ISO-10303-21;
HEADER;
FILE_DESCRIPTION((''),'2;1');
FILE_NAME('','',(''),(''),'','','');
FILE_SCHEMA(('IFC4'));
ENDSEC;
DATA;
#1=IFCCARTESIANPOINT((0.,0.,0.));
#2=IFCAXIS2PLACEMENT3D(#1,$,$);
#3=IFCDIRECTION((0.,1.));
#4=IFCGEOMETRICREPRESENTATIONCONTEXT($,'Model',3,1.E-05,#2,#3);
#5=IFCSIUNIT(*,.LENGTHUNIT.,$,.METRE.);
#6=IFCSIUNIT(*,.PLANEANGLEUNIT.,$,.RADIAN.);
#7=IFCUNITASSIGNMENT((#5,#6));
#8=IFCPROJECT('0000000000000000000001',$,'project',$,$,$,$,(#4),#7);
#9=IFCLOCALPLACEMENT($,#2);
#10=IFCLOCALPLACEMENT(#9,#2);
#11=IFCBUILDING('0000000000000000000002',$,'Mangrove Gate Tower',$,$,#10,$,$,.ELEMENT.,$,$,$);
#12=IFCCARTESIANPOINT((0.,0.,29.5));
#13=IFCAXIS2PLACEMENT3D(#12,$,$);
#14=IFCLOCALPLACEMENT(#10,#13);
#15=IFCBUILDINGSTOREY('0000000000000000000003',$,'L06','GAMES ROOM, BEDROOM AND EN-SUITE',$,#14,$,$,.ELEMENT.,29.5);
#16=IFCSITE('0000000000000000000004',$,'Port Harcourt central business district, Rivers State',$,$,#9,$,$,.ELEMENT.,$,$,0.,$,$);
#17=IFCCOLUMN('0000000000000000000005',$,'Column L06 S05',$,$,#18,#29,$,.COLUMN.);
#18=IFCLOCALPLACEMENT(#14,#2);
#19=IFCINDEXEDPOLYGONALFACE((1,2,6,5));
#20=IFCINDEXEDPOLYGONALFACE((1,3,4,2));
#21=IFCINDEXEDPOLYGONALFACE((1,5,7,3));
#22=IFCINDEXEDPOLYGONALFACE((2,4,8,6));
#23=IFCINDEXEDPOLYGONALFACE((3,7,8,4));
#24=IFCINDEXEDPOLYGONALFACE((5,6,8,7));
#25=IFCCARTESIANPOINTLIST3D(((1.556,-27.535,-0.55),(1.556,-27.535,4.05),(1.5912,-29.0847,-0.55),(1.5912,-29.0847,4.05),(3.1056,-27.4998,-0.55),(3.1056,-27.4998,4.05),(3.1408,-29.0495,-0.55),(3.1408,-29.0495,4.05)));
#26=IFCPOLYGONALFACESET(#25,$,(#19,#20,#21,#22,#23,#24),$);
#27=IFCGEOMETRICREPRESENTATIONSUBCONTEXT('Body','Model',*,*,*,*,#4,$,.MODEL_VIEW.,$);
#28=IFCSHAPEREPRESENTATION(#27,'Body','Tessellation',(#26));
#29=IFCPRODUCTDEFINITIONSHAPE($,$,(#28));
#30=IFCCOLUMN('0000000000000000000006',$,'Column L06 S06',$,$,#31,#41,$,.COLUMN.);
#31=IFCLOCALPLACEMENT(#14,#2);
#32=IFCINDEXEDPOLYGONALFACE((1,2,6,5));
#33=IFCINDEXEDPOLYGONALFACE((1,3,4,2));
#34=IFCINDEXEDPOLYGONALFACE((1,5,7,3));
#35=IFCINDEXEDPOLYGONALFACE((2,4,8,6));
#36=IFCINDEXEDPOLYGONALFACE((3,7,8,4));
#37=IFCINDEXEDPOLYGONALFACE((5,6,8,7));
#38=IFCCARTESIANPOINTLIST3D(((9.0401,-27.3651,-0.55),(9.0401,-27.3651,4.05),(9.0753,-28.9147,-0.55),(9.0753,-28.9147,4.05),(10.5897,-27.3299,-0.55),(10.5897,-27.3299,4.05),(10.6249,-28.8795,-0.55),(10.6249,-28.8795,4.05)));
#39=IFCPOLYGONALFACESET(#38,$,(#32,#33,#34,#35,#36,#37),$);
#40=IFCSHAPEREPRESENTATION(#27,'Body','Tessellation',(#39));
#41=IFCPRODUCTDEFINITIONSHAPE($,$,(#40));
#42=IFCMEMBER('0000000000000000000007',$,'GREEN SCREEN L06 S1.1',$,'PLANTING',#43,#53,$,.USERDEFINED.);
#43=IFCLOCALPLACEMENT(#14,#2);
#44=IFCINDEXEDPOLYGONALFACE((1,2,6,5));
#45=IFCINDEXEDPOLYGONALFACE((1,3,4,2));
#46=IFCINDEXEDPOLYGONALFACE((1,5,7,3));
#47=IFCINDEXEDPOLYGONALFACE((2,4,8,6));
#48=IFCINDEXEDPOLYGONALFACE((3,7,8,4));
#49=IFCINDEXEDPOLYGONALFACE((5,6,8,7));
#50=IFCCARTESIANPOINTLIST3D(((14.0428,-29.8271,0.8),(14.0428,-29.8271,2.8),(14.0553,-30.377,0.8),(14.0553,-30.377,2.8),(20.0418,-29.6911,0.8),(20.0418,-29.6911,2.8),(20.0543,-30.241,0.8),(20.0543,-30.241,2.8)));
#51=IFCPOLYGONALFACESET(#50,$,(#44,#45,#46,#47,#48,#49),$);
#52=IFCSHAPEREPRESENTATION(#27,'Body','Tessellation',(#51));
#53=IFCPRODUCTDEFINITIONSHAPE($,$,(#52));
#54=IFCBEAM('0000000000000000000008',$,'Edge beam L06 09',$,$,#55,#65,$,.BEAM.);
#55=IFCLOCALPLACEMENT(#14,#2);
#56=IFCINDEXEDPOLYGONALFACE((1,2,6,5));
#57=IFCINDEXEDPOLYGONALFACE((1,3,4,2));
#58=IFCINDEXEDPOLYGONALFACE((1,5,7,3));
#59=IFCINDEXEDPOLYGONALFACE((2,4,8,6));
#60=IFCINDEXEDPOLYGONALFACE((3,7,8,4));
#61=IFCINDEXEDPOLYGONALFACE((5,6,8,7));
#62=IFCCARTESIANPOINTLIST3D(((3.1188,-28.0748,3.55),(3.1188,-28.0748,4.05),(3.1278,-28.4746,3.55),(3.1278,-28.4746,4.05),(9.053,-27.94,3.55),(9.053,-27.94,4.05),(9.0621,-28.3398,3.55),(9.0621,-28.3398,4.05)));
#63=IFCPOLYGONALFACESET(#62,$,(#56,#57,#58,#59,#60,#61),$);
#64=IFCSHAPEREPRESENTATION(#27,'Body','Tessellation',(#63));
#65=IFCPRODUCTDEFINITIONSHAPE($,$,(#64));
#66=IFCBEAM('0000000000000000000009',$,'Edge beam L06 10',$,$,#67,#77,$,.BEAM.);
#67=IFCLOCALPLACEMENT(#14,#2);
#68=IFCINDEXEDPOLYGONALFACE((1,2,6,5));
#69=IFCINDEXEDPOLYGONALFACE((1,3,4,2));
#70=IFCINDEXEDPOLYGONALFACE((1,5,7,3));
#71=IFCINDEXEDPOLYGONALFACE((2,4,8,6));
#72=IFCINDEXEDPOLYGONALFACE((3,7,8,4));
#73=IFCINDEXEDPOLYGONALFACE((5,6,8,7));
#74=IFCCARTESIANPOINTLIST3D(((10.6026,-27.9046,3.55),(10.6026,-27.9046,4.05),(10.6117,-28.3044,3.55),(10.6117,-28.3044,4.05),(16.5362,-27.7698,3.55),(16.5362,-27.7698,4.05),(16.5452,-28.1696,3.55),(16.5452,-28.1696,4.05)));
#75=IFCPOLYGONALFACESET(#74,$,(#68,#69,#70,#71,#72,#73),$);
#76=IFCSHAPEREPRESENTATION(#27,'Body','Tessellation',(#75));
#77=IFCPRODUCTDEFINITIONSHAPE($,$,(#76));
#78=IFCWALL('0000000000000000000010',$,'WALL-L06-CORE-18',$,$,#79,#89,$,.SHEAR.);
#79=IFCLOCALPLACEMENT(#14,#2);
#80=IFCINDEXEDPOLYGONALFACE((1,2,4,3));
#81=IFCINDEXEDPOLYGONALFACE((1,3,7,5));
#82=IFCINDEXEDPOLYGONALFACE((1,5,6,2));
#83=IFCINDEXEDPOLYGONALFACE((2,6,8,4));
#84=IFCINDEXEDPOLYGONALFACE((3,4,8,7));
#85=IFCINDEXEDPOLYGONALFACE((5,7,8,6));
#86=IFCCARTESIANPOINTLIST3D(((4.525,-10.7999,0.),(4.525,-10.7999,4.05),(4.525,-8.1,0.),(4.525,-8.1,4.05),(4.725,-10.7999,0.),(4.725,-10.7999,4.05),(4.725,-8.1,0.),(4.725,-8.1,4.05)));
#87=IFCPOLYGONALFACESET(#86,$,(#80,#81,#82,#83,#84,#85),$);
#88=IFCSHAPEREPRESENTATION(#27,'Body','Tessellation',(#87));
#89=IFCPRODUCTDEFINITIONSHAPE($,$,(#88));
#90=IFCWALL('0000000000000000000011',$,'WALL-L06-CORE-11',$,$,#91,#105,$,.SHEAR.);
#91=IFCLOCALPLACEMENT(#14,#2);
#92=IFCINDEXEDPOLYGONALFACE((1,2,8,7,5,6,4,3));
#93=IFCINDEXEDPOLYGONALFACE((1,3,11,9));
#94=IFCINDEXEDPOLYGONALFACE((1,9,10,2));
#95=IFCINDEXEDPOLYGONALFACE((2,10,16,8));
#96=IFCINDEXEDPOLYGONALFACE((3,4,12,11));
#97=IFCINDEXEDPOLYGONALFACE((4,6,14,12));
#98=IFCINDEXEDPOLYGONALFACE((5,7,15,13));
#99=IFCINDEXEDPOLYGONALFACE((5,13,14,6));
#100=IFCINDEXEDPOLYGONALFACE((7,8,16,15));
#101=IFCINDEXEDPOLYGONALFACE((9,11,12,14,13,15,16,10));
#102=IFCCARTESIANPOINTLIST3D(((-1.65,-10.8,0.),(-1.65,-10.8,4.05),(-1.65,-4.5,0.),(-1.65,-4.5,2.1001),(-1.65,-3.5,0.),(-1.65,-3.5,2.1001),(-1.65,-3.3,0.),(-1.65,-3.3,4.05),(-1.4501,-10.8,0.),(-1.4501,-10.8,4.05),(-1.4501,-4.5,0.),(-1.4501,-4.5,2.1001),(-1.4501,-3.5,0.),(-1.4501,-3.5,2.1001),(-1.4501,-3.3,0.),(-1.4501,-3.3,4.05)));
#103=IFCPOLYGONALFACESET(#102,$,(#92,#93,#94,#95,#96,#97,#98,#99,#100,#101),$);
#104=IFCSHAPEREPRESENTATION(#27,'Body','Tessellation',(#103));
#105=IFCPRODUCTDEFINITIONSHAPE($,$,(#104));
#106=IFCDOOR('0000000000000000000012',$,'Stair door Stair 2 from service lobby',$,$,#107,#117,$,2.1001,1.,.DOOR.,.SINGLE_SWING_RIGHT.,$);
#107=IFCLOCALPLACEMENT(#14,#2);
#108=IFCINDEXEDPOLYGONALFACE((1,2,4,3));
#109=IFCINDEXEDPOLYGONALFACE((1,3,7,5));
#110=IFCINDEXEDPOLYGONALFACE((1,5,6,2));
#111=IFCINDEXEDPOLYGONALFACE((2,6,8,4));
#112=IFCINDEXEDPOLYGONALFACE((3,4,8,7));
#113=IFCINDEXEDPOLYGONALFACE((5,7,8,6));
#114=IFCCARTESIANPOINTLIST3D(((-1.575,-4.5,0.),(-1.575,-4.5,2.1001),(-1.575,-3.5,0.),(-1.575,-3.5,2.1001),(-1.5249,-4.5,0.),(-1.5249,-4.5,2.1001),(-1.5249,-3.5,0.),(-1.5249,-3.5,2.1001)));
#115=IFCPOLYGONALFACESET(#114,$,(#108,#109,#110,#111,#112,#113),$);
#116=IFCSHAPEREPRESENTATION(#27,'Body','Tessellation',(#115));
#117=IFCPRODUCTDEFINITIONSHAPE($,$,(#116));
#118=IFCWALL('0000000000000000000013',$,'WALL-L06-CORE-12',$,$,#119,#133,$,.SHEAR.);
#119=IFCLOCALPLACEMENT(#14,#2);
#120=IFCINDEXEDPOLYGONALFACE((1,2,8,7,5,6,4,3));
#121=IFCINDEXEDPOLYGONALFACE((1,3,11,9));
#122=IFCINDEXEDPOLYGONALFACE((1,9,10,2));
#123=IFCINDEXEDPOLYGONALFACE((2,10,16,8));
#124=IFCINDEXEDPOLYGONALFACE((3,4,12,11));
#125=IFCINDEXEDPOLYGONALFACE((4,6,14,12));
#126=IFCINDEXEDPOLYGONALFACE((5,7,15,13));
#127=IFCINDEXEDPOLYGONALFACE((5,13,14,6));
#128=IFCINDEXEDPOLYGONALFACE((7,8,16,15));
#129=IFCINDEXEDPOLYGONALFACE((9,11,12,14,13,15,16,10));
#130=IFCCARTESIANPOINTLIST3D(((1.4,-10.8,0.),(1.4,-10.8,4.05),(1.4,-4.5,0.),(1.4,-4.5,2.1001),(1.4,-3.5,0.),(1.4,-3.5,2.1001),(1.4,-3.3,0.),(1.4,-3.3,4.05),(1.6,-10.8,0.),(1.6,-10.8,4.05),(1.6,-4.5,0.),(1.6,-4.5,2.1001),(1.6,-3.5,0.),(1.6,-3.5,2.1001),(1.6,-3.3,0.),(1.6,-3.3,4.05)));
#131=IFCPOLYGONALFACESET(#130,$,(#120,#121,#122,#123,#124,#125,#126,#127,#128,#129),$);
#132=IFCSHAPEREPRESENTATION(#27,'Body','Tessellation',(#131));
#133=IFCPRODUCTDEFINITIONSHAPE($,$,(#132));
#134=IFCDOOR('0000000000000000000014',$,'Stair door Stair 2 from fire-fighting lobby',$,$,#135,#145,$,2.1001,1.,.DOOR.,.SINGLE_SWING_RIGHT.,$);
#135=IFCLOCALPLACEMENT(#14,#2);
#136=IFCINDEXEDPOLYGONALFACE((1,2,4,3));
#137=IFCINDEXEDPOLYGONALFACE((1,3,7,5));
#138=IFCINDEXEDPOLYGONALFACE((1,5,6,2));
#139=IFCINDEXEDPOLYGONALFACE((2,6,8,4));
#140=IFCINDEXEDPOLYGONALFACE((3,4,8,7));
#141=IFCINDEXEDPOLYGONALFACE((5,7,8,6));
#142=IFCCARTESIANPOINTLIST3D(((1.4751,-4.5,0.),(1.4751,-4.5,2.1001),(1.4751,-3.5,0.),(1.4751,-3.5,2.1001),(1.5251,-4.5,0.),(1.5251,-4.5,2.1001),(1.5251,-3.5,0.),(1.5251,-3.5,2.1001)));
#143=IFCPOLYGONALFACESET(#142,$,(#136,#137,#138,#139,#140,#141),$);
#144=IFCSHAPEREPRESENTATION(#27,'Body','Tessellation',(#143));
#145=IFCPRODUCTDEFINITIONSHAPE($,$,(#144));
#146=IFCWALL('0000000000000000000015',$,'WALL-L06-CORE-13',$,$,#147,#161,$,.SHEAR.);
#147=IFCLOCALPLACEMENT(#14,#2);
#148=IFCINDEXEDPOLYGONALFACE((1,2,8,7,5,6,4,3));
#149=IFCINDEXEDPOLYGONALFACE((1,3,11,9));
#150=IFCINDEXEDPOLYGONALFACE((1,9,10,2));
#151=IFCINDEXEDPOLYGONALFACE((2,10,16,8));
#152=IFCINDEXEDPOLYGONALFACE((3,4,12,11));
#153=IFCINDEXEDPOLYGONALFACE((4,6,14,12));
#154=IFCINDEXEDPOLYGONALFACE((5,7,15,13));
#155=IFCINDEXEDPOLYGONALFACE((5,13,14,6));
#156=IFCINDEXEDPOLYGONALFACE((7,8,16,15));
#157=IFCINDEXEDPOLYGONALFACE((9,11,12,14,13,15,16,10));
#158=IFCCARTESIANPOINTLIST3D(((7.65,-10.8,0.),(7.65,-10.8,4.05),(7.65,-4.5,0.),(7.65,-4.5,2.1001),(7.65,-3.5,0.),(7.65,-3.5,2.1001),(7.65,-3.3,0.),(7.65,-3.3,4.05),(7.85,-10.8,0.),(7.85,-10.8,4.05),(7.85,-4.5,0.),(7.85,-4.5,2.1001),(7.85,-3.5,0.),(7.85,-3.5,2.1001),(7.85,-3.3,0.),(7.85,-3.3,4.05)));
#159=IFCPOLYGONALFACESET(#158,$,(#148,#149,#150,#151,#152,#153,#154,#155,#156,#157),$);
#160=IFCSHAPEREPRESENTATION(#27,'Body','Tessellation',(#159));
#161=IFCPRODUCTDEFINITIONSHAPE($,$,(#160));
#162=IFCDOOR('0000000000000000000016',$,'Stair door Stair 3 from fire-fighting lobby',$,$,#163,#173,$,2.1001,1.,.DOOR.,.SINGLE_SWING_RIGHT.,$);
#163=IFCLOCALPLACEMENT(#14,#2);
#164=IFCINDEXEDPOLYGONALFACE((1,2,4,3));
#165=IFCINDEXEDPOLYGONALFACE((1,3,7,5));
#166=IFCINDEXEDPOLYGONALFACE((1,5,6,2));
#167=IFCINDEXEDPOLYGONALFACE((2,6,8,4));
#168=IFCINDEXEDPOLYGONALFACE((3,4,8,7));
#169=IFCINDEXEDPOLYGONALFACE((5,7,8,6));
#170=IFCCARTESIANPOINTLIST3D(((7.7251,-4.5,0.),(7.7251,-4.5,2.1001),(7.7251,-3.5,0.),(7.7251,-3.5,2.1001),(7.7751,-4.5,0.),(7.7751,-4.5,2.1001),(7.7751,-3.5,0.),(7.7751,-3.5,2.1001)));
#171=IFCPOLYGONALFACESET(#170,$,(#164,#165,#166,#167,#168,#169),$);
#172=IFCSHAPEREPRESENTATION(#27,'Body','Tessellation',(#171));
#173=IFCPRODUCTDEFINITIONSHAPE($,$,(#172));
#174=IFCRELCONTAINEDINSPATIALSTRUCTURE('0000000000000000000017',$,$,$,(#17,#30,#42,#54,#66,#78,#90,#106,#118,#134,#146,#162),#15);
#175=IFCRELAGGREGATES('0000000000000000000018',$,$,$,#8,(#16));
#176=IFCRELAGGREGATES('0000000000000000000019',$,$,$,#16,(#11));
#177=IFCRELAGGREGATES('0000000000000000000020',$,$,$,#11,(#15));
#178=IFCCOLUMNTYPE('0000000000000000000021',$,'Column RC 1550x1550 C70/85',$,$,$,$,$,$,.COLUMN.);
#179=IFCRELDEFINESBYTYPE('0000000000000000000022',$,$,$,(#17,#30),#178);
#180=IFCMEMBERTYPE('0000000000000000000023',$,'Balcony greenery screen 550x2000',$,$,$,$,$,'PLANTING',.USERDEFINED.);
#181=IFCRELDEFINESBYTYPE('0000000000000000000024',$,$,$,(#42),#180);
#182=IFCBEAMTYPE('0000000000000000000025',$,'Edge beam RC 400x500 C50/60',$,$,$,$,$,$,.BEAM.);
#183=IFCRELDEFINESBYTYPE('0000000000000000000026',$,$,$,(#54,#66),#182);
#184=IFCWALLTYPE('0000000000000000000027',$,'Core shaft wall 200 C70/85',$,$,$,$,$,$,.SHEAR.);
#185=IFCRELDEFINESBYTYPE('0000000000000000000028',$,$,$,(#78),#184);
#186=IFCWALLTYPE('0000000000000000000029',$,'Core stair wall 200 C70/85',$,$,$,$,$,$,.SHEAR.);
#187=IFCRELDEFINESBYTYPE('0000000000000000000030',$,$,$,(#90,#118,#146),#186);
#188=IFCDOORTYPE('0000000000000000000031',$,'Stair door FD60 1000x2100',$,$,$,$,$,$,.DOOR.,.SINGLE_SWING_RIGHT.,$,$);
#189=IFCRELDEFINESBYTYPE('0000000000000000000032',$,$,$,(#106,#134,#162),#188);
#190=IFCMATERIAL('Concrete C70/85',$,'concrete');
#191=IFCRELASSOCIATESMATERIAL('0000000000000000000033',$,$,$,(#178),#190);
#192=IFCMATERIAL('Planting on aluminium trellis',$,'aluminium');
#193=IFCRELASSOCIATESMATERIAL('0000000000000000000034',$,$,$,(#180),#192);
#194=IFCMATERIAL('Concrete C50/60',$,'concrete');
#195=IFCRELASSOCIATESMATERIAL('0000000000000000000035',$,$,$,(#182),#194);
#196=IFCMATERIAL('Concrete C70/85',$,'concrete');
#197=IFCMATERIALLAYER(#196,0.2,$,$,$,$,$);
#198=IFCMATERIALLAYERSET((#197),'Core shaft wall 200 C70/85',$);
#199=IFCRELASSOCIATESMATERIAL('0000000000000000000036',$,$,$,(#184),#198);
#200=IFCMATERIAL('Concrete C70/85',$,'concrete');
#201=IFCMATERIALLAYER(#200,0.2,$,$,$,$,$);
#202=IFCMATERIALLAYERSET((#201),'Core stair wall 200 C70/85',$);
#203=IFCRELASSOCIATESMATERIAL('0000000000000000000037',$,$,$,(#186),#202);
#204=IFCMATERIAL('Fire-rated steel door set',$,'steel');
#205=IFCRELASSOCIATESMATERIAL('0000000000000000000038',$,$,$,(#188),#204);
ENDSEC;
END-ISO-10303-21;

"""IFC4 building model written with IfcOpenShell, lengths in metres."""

from ifc_helpers import new_model, si_unit, direction, frame, frame_2d, origin, origin_2d, place, context, subcontext, project, spatial, rectangle, extrude, material, layer, layer_set, material_profile, profile_set, type_object, element, fill, save


model = new_model("IFC4")

# Units and contexts
model_context = context("Model", 3, precision=1e-05, world=origin(), true_north=direction((0.0, 1.0)))
body_context = subcontext(model_context, "Body", "Model", "MODEL_VIEW")
ifc_project = project(units=[si_unit("LENGTHUNIT", "METRE"), si_unit("PLANEANGLEUNIT", "RADIAN")], contexts=[model_context])

# Site, building, storey
site_placement = place(None, origin())
site = spatial("IfcSite", under=ifc_project, at=site_placement, Name="Port Harcourt central business district, Rivers State", CompositionType="ELEMENT", RefElevation=0.0)
building_placement = place(site_placement, origin())
building = spatial("IfcBuilding", under=site, at=building_placement, Name="Mangrove Gate Tower", CompositionType="ELEMENT")
storey_placement = place(building_placement, frame((0.0, 0.0, 29.5)))
storey = spatial("IfcBuildingStorey", under=building, at=storey_placement, Name="L06", Description="GAMES ROOM, BEDROOM AND EN-SUITE", CompositionType="ELEMENT", Elevation=29.5)

# Columns
ifc_material_1 = material(Name="Concrete C70/85", Category="concrete")
ifc_material_profile_1 = material_profile(ifc_material_1, rectangle(XDim=1.55, YDim=1.55, at=origin_2d()))
ifc_profile_set_1 = profile_set([ifc_material_profile_1], Name="Concrete C70/85")
column_type = type_object("IfcColumnType", Name="Column RC 1550x1550 C70/85", PredefinedType="COLUMN", material=ifc_profile_set_1)
for number, where, z_axis, x_axis, name in (
    (1, (2.3484, -28.2922, -0.55), (0.0, 0.0, 1.0), (0.999742, 0.022709, 0.0), "Column L06 S05"),
    (2, (9.8325, -28.1223, -0.55), (0.0, 0.0, 1.0), (0.999742, 0.022711, 0.0), "Column L06 S06"),
):
    element("IfcColumn", number, at=place(storey_placement, frame(where, z_axis=z_axis, x_axis=x_axis)), inside=storey, type_object=column_type, Name=name, PredefinedType="COLUMN", context=body_context, shape_type="SweptSolid", body=[
        extrude(rectangle(XDim=1.55, YDim=1.55, at=origin_2d()), origin(), (0.0, 0.0, 1.0), 4.6001),
    ])

# Member
ifc_material_2 = material(Name="Planting on aluminium trellis", Category="aluminium")
ifc_material_profile_2 = material_profile(ifc_material_2, rectangle(XDim=0.55, YDim=2.0, at=origin_2d()))
ifc_profile_set_2 = profile_set([ifc_material_profile_2], Name="Planting on aluminium trellis")
member_type = type_object("IfcMemberType", Name="Balcony greenery screen 550x2000", ElementType="PLANTING", PredefinedType="USERDEFINED", material=ifc_profile_set_2)
member_placement = place(storey_placement, frame((14.0491, -30.1021, 1.8), z_axis=(0.999743, 0.022662, 0.0), x_axis=(-0.022662, 0.999743, 0.0)))
element("IfcMember", 3, at=member_placement, inside=storey, type_object=member_type, Name="GREEN SCREEN L06 S1.1", ObjectType="PLANTING", PredefinedType="USERDEFINED", context=body_context, shape_type="SweptSolid", body=[
    extrude(rectangle(XDim=0.55, YDim=2.0, at=origin_2d()), origin(), (0.0, 0.0, 1.0), 6.0005),
])

# Beams
ifc_material_3 = material(Name="Concrete C50/60", Category="concrete")
ifc_material_profile_3 = material_profile(ifc_material_3, rectangle(XDim=0.3999, YDim=0.5, at=origin_2d()))
ifc_profile_set_3 = profile_set([ifc_material_profile_3], Name="Concrete C50/60")
beam_type = type_object("IfcBeamType", Name="Edge beam RC 400x500 C50/60", PredefinedType="BEAM", material=ifc_profile_set_3)
beam_1_placement = place(storey_placement, frame((3.1233, -28.2747, 3.8), z_axis=(0.999742, 0.022704, 0.0), x_axis=(-0.022704, 0.999742, 0.0)))
element("IfcBeam", 4, at=beam_1_placement, inside=storey, type_object=beam_type, Name="Edge beam L06 09", PredefinedType="BEAM", context=body_context, shape_type="SweptSolid", body=[
    extrude(rectangle(XDim=0.3999, YDim=0.5, at=origin_2d()), origin(), (0.0, 0.0, 1.0), 5.9358),
])
beam_2_placement = place(storey_placement, frame((10.6072, -28.1045, 3.8), z_axis=(0.999742, 0.022706, 0.0), x_axis=(-0.022706, 0.999742, 0.0)))
element("IfcBeam", 5, at=beam_2_placement, inside=storey, type_object=beam_type, Name="Edge beam L06 10", PredefinedType="BEAM", context=body_context, shape_type="SweptSolid", body=[
    extrude(rectangle(XDim=0.3999, YDim=0.5, at=origin_2d()), origin(), (0.0, 0.0, 1.0), 5.9351),
])

# Wall
ifc_material_4 = material(Name="Concrete C70/85", Category="concrete")
ifc_layer_1 = layer(ifc_material_4, 0.2)
ifc_layer_set_1 = layer_set([ifc_layer_1], Name="Core shaft wall 200 C70/85")
wall_type_1 = type_object("IfcWallType", Name="Core shaft wall 200 C70/85", PredefinedType="SHEAR", material=ifc_layer_set_1)
wall_1_placement = place(storey_placement, frame((4.625, -10.8, 0.0), z_axis=(0.0, 0.0, 1.0), x_axis=(0.0, 1.0, 0.0)))
element("IfcWall", 6, at=wall_1_placement, inside=storey, type_object=wall_type_1, Name="WALL-L06-CORE-18", PredefinedType="SHEAR", context=body_context, shape_type="SweptSolid", body=[
    extrude(rectangle(XDim=2.7, YDim=0.2, at=frame_2d((1.3501, 0.0))), origin(), (0.0, 0.0, 1.0), 4.05),
])

# Walls, openings, doors
ifc_material_5 = material(Name="Concrete C70/85", Category="concrete")
ifc_layer_2 = layer(ifc_material_5, 0.2)
ifc_layer_set_2 = layer_set([ifc_layer_2], Name="Core stair wall 200 C70/85")
wall_type_2 = type_object("IfcWallType", Name="Core stair wall 200 C70/85", PredefinedType="SHEAR", material=ifc_layer_set_2)
wall_2_placement = place(storey_placement, frame((-1.55, -10.8, 0.0), z_axis=(0.0, 0.0, 1.0), x_axis=(0.0, 1.0, 0.0)))
wall_2 = element("IfcWall", 7, at=wall_2_placement, inside=storey, type_object=wall_type_2, Name="WALL-L06-CORE-11", PredefinedType="SHEAR", context=body_context, shape_type="SweptSolid", body=[
    extrude(rectangle(XDim=7.5, YDim=0.2, at=frame_2d((3.75, 0.0))), origin(), (0.0, 0.0, 1.0), 4.05),
])
opening_1_placement = place(wall_2_placement, frame((6.3, 0.0, 0.0)))
opening_1 = element("IfcOpeningElement", 8, at=opening_1_placement, cuts=wall_2, PredefinedType="OPENING", context=body_context, shape_type="SweptSolid", body=[
    extrude(rectangle(XDim=1.0, YDim=2.1001, at=frame_2d((0.5, 1.05))), frame((0.0, 0.1099, 0.0), z_axis=(0.0, -1.0, 0.0), x_axis=(1.0, 0.0, 0.0)), (0.0, 0.0, 1.0), 0.22),
])
ifc_material_6 = material(Name="Fire-rated steel door set", Category="steel")
door_type_1 = type_object("IfcDoorType", Name="Stair door FD60 1000x2100", OperationType="SINGLE_SWING_RIGHT", PredefinedType="DOOR", material=ifc_material_6)
door_1_placement = place(opening_1_placement, origin())
door_1 = element("IfcDoor", 9, at=door_1_placement, inside=storey, type_object=door_type_1, Name="Stair door Stair 2 from service lobby", OperationType="SINGLE_SWING_RIGHT", OverallHeight=2.1001, OverallWidth=1.0, PredefinedType="DOOR", context=body_context, shape_type="SweptSolid", body=[
    extrude(rectangle(XDim=1.0, YDim=2.1001, at=frame_2d((0.5, 1.05))), frame((0.0, 0.0249, 0.0), z_axis=(0.0, -1.0, 0.0), x_axis=(1.0, 0.0, 0.0)), (0.0, 0.0, 1.0), 0.05),
])
fill(opening_1, door_1)
wall_3_placement = place(storey_placement, frame((1.5, -10.8, 0.0), z_axis=(0.0, 0.0, 1.0), x_axis=(0.0, 1.0, 0.0)))
wall_3 = element("IfcWall", 10, at=wall_3_placement, inside=storey, type_object=wall_type_2, Name="WALL-L06-CORE-12", PredefinedType="SHEAR", context=body_context, shape_type="SweptSolid", body=[
    extrude(rectangle(XDim=7.5, YDim=0.2, at=frame_2d((3.75, 0.0))), origin(), (0.0, 0.0, 1.0), 4.05),
])
opening_2_placement = place(wall_3_placement, frame((6.3, 0.0, 0.0)))
opening_2 = element("IfcOpeningElement", 11, at=opening_2_placement, cuts=wall_3, PredefinedType="OPENING", context=body_context, shape_type="SweptSolid", body=[
    extrude(rectangle(XDim=1.0, YDim=2.1001, at=frame_2d((0.5, 1.05))), frame((0.0, 0.1099, 0.0), z_axis=(0.0, -1.0, 0.0), x_axis=(1.0, 0.0, 0.0)), (0.0, 0.0, 1.0), 0.22),
])
door_2_placement = place(opening_2_placement, origin())
door_2 = element("IfcDoor", 12, at=door_2_placement, inside=storey, type_object=door_type_1, Name="Stair door Stair 2 from fire-fighting lobby", OperationType="SINGLE_SWING_RIGHT", OverallHeight=2.1001, OverallWidth=1.0, PredefinedType="DOOR", context=body_context, shape_type="SweptSolid", body=[
    extrude(rectangle(XDim=1.0, YDim=2.1001, at=frame_2d((0.5, 1.05))), frame((0.0, 0.0249, 0.0), z_axis=(0.0, -1.0, 0.0), x_axis=(1.0, 0.0, 0.0)), (0.0, 0.0, 1.0), 0.05),
])
fill(opening_2, door_2)
wall_4_placement = place(storey_placement, frame((7.75, -10.8, 0.0), z_axis=(0.0, 0.0, 1.0), x_axis=(0.0, 1.0, 0.0)))
wall_4 = element("IfcWall", 13, at=wall_4_placement, inside=storey, type_object=wall_type_2, Name="WALL-L06-CORE-13", PredefinedType="SHEAR", context=body_context, shape_type="SweptSolid", body=[
    extrude(rectangle(XDim=7.5, YDim=0.2, at=frame_2d((3.75, 0.0))), origin(), (0.0, 0.0, 1.0), 4.05),
])
opening_3_placement = place(wall_4_placement, frame((6.3, 0.0, 0.0)))
opening_3 = element("IfcOpeningElement", 14, at=opening_3_placement, cuts=wall_4, PredefinedType="OPENING", context=body_context, shape_type="SweptSolid", body=[
    extrude(rectangle(XDim=1.0, YDim=2.1001, at=frame_2d((0.5, 1.05))), frame((0.0, 0.1099, 0.0), z_axis=(0.0, -1.0, 0.0), x_axis=(1.0, 0.0, 0.0)), (0.0, 0.0, 1.0), 0.22),
])
door_3_placement = place(opening_3_placement, origin())
door_3 = element("IfcDoor", 15, at=door_3_placement, inside=storey, type_object=door_type_1, Name="Stair door Stair 3 from fire-fighting lobby", OperationType="SINGLE_SWING_RIGHT", OverallHeight=2.1001, OverallWidth=1.0, PredefinedType="DOOR", context=body_context, shape_type="SweptSolid", body=[
    extrude(rectangle(XDim=1.0, YDim=2.1001, at=frame_2d((0.5, 1.05))), frame((0.0, 0.0249, 0.0), z_axis=(0.0, -1.0, 0.0), x_axis=(1.0, 0.0, 0.0)), (0.0, 0.0, 1.0), 0.05),
])
fill(opening_3, door_3)

save(model, "model.ifc")
